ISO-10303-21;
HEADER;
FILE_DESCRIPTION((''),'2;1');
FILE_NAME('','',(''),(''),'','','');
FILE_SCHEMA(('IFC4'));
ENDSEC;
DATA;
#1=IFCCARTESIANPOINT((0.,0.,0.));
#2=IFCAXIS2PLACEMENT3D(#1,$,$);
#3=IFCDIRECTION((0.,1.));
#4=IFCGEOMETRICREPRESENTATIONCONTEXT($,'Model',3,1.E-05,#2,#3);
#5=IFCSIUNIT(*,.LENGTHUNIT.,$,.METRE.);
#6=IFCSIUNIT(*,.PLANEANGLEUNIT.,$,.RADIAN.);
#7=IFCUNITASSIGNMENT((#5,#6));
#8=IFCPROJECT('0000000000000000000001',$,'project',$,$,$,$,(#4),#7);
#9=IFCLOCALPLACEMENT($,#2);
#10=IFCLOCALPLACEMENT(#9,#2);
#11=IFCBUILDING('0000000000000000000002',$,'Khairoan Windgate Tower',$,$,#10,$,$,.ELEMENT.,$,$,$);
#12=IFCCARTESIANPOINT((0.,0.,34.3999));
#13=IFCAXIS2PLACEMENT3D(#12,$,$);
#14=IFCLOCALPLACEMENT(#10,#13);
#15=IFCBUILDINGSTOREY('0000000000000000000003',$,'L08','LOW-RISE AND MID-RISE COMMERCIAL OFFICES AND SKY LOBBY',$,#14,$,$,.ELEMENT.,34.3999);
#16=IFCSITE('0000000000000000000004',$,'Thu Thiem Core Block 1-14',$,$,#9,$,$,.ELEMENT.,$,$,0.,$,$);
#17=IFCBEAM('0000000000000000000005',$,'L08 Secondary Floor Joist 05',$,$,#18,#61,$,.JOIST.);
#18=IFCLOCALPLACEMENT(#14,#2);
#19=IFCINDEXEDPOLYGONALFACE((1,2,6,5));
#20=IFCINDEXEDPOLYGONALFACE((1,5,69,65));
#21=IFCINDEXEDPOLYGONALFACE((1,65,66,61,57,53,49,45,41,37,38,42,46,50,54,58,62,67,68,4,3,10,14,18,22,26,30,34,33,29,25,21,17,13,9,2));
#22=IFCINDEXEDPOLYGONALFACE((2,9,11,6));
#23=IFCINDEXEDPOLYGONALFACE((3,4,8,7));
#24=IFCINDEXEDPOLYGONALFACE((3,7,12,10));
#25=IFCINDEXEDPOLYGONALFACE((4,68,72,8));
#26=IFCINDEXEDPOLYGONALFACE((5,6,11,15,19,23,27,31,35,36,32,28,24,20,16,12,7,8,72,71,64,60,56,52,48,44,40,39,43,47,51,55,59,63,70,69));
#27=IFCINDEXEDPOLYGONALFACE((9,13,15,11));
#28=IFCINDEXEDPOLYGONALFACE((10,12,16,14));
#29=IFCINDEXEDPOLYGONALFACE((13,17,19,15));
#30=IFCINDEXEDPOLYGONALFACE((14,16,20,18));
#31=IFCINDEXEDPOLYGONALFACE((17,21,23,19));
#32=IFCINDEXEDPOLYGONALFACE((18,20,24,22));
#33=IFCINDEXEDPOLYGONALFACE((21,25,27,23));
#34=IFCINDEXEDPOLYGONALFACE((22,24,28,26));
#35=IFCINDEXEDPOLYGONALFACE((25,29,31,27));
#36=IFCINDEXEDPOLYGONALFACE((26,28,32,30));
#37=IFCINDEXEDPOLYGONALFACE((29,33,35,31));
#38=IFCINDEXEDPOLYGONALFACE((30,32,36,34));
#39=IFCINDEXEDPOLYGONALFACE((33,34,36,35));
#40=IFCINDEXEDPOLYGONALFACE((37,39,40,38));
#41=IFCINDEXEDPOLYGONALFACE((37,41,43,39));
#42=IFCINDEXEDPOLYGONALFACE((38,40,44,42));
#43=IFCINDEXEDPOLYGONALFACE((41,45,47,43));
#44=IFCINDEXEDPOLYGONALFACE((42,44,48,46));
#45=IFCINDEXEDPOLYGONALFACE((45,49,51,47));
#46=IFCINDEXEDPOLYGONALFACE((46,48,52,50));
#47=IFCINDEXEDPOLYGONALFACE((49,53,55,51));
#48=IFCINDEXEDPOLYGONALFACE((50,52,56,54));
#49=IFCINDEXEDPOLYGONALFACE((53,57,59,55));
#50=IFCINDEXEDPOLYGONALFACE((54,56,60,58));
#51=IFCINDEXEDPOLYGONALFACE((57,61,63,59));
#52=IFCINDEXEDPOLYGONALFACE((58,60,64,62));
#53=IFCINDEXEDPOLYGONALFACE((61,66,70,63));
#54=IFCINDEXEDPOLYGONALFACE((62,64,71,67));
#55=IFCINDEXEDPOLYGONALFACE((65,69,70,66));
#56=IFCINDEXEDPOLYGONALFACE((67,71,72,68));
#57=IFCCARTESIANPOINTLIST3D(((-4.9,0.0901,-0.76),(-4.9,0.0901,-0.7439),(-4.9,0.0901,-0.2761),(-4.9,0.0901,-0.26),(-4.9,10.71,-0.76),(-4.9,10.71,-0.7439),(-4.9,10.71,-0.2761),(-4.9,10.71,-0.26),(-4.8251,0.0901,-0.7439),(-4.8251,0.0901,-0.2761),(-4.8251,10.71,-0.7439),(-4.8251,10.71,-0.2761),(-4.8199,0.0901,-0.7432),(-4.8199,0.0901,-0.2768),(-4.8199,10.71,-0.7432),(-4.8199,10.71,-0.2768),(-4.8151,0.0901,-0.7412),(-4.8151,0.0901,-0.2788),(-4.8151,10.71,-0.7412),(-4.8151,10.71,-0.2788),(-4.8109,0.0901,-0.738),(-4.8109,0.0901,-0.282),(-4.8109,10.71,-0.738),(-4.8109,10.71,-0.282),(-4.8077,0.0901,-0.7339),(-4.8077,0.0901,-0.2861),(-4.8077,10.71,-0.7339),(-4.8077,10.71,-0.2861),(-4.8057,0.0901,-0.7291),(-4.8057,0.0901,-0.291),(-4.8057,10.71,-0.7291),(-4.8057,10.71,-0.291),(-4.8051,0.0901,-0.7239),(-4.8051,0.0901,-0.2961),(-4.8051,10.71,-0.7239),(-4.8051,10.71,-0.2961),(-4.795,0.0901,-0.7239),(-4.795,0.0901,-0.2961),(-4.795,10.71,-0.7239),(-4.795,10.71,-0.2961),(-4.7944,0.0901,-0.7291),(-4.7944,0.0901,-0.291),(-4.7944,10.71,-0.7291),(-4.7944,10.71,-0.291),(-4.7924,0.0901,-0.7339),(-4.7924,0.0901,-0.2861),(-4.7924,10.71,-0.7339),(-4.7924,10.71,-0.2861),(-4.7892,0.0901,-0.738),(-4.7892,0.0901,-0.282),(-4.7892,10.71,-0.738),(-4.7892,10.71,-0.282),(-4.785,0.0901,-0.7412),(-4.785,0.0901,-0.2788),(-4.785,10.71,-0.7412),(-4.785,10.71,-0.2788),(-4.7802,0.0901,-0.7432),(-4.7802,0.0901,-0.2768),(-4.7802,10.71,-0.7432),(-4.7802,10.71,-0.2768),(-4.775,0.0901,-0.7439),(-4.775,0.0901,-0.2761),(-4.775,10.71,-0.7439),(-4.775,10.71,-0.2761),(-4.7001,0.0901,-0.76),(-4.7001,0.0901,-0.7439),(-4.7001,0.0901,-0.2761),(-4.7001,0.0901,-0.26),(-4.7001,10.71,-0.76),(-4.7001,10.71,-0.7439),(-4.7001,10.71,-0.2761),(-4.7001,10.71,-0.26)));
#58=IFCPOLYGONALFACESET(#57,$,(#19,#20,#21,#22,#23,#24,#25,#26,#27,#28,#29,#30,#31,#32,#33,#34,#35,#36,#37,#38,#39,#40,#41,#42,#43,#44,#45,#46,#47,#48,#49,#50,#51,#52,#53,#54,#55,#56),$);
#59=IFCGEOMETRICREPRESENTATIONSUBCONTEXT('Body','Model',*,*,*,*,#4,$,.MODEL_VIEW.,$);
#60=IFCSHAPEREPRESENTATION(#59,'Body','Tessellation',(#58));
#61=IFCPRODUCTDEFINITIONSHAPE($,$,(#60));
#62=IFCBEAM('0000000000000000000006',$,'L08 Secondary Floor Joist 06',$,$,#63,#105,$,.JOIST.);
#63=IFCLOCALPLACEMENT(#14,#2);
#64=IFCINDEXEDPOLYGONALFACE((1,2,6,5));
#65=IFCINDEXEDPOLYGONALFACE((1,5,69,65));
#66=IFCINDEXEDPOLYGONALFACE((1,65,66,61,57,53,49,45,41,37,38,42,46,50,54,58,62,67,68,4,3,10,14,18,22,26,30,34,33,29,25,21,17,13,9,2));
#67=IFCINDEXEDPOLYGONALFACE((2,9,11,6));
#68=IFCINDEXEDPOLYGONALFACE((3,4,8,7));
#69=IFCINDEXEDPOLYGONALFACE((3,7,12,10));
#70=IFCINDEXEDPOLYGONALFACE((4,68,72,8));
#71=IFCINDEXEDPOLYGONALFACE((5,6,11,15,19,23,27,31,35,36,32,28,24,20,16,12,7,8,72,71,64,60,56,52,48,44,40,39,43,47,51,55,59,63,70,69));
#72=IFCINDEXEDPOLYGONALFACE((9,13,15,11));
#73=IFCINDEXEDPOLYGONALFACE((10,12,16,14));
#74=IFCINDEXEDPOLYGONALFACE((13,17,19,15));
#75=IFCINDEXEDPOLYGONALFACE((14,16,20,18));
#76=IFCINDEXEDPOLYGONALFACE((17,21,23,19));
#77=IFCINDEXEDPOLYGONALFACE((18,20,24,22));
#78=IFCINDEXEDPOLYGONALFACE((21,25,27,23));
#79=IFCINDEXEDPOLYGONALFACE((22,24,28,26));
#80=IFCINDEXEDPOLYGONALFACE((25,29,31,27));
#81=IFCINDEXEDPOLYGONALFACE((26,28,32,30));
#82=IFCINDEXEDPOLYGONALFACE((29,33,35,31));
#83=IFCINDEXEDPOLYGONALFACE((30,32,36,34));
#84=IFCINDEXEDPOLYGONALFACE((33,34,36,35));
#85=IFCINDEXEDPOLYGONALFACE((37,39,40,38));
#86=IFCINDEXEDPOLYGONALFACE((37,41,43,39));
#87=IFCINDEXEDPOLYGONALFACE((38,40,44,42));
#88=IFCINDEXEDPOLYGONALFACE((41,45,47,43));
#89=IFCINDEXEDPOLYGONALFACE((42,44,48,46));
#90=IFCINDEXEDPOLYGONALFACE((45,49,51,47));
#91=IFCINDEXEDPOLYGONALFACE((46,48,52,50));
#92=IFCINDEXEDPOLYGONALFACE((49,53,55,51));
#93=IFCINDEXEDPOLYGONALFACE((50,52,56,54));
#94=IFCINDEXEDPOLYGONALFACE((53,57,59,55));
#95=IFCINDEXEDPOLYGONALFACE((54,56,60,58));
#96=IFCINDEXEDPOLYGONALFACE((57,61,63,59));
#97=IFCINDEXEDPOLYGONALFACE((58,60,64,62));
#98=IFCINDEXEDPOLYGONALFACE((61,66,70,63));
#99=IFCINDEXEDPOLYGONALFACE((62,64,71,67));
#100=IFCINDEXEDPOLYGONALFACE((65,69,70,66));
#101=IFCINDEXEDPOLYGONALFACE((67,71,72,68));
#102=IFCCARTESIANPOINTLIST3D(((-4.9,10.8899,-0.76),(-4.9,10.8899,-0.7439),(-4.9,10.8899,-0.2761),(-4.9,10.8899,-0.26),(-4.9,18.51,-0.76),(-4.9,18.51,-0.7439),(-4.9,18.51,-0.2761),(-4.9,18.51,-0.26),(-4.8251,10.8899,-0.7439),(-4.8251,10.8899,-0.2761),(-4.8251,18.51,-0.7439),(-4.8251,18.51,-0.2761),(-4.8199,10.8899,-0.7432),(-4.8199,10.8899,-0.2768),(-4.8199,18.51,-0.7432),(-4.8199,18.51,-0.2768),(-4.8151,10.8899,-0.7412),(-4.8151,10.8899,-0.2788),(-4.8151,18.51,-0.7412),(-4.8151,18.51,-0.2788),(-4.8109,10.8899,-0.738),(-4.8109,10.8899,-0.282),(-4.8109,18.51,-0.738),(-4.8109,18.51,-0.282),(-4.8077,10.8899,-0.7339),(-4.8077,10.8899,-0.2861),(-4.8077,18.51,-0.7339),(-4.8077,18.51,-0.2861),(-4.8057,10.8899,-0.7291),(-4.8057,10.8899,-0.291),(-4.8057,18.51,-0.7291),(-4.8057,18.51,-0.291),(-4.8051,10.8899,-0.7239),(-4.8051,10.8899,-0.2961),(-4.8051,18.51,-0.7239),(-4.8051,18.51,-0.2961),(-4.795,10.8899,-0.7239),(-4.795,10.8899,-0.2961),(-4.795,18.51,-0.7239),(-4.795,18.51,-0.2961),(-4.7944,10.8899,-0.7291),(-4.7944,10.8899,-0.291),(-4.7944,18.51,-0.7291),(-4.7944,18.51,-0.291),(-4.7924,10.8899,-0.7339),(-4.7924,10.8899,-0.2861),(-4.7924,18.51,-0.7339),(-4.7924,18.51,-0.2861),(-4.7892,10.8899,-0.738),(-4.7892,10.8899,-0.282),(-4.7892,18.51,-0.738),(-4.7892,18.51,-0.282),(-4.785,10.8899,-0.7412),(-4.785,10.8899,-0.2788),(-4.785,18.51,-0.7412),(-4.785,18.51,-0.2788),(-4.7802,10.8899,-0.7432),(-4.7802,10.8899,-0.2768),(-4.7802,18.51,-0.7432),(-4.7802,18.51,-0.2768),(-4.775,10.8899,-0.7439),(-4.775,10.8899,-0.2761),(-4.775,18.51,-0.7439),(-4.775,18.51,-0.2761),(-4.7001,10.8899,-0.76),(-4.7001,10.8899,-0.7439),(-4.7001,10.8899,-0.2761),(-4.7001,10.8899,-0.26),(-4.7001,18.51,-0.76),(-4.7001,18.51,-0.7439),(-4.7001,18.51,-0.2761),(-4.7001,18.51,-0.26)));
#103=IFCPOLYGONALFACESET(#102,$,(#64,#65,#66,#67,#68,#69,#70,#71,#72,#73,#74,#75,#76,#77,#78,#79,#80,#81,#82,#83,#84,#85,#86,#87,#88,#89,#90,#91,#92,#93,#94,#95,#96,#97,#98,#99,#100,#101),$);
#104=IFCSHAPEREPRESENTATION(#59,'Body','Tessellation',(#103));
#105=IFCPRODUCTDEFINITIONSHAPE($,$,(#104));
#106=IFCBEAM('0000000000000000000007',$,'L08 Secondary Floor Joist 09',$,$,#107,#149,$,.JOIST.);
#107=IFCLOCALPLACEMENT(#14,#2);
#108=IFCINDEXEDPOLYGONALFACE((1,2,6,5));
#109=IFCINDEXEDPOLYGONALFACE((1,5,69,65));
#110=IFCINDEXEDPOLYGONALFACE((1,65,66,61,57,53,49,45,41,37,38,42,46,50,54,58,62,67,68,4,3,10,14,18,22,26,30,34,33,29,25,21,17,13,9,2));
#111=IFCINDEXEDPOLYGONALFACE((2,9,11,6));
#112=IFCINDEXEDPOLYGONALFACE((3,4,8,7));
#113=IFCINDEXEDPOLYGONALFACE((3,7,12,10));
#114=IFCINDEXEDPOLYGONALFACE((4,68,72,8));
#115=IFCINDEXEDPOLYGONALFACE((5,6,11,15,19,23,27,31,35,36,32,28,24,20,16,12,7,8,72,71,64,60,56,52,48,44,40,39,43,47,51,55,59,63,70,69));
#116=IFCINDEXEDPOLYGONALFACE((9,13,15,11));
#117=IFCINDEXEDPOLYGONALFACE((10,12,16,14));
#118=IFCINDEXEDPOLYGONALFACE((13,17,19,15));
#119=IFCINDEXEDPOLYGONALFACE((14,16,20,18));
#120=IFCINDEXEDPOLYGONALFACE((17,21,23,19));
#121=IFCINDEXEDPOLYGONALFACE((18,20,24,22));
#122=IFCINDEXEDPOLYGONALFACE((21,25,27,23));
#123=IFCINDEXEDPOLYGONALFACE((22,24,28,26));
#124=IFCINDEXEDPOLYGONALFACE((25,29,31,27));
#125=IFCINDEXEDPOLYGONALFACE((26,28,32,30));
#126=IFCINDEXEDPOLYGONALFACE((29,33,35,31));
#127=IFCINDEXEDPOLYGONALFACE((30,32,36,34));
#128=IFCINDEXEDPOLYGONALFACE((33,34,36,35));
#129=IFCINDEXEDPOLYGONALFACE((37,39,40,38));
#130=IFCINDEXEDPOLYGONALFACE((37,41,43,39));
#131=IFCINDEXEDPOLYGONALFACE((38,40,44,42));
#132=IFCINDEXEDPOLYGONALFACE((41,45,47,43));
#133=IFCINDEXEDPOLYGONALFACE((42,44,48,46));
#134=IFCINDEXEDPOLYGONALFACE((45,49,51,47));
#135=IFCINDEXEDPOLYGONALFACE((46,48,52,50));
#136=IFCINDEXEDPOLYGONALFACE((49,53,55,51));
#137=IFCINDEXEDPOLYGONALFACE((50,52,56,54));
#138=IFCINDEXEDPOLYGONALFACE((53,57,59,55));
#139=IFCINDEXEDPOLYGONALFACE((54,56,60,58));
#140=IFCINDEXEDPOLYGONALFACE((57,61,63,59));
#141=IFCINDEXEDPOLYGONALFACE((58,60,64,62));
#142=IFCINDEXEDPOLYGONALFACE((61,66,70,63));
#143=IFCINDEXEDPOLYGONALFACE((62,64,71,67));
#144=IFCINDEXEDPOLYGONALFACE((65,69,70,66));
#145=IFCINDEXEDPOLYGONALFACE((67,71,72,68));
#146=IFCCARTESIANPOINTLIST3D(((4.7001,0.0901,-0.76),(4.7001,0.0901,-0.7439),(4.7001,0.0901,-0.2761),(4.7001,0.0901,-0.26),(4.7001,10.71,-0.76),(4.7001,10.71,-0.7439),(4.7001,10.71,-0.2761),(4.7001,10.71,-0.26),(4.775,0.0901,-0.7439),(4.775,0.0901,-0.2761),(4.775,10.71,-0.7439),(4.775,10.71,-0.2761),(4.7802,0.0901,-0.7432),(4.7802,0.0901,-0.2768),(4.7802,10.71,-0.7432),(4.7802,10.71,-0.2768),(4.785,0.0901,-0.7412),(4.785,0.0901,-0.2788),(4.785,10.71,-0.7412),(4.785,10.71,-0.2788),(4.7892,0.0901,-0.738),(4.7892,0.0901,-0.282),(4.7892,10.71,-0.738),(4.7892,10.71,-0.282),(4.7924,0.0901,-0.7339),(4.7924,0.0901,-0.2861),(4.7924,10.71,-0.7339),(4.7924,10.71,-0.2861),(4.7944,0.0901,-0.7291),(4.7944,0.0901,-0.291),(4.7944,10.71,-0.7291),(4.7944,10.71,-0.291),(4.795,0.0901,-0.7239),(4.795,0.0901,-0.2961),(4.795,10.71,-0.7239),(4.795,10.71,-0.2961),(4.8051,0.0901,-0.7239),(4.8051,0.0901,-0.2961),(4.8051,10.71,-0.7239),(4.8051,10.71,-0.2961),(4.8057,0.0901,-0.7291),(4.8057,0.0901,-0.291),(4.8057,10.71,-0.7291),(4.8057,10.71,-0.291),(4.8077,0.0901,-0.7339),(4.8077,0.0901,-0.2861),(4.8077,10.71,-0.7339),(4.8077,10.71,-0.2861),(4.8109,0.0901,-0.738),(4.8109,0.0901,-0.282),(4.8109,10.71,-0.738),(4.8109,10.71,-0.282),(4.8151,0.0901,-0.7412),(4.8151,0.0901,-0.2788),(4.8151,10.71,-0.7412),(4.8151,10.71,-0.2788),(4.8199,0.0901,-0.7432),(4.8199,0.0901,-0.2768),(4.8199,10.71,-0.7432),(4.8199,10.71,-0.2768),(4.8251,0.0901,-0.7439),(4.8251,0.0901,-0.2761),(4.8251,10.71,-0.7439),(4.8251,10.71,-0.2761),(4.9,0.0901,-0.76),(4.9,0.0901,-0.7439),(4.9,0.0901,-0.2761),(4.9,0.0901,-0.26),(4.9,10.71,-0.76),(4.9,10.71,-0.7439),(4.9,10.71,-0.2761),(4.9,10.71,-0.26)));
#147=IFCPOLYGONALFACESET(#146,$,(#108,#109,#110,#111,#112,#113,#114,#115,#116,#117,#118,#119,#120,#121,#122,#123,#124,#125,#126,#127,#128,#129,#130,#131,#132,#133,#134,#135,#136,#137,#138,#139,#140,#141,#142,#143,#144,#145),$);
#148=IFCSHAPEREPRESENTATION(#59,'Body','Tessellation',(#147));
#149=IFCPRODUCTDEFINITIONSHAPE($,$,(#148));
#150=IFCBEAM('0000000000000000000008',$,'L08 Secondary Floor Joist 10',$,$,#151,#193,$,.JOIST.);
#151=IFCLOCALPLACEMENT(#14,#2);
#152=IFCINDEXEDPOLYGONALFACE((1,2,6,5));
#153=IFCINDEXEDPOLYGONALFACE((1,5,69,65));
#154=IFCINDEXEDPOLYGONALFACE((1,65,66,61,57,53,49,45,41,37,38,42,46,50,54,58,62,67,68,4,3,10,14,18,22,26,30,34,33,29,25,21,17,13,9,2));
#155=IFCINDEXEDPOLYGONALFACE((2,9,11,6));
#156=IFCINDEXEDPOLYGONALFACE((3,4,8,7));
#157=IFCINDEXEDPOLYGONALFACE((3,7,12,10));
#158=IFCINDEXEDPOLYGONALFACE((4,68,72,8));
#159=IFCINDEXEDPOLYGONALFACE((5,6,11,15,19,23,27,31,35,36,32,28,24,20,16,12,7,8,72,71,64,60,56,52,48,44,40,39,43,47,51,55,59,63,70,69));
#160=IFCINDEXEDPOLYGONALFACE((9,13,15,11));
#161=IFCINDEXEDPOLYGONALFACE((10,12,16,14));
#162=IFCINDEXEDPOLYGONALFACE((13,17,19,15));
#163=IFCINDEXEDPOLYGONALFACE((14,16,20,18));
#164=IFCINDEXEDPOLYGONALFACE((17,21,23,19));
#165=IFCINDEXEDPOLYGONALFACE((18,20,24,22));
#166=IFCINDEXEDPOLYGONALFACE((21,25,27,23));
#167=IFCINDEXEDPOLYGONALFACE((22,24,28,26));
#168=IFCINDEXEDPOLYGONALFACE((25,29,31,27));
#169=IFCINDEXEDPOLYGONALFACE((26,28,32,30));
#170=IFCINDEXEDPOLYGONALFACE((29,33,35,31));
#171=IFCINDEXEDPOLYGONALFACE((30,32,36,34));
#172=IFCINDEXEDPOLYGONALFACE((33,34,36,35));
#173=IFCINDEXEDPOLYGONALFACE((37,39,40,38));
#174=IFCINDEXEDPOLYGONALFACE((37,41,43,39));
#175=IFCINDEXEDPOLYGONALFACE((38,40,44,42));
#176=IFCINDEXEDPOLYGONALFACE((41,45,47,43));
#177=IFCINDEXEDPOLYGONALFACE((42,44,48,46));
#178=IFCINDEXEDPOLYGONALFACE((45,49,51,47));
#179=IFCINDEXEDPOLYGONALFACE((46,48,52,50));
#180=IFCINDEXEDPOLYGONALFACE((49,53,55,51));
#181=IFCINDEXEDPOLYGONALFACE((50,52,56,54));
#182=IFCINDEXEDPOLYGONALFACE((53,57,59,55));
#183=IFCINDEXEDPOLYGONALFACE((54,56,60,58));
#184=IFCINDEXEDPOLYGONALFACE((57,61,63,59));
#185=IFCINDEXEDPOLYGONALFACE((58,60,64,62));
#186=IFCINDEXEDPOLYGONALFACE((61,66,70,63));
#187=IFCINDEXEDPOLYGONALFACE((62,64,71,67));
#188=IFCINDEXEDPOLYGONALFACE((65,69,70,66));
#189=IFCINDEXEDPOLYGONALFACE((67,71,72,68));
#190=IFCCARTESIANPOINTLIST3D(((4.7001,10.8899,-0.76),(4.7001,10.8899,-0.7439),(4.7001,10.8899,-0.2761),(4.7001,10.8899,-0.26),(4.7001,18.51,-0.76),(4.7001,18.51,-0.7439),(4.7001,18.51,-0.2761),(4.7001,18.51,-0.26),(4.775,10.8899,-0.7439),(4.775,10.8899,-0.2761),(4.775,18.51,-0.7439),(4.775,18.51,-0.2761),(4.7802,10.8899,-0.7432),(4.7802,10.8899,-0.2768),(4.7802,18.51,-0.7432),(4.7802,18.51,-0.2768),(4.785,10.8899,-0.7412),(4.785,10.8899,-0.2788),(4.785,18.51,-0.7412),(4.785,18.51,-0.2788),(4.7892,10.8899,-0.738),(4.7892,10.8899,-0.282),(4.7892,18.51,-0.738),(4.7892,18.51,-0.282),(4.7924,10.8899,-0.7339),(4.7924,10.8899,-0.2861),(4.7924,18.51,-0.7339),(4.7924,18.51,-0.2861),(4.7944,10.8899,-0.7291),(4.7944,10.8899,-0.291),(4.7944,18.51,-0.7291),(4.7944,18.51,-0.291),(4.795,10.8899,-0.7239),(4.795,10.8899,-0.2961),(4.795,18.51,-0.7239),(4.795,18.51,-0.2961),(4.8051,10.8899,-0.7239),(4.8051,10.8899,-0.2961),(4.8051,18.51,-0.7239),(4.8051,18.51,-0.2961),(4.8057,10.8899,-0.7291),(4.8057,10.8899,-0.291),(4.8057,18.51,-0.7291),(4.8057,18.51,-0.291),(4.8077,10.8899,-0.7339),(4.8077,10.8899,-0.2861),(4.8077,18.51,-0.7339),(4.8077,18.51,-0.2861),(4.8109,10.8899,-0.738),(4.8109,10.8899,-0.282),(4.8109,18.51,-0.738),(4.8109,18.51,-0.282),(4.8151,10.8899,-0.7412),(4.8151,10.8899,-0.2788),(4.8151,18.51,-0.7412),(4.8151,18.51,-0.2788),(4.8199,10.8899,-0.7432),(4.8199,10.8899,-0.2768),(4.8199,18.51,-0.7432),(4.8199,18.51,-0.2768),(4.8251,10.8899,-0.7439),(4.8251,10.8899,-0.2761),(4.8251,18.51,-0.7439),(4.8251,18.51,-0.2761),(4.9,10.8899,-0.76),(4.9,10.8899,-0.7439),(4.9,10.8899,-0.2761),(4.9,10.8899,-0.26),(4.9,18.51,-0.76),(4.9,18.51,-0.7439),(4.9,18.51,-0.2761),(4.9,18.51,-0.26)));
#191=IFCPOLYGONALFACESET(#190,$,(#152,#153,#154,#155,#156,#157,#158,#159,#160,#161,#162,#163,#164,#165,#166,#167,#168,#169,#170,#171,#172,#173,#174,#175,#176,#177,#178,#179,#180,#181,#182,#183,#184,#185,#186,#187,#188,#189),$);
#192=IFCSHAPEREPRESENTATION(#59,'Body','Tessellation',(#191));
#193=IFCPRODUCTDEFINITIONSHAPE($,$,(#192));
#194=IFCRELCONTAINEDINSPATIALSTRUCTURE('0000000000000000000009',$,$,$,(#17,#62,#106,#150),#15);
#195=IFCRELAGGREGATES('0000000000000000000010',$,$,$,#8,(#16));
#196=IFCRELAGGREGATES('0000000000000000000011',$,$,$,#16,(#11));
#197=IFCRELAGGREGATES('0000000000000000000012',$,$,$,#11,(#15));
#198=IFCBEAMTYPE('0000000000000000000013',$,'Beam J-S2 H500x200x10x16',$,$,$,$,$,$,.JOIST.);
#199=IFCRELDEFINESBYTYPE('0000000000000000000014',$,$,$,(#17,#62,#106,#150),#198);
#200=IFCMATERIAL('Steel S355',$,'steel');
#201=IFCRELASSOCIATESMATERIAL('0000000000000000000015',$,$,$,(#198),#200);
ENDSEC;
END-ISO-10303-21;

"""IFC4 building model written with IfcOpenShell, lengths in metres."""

from ifc_helpers import new_model, si_unit, direction, frame, origin, origin_2d, place, context, subcontext, project, spatial, i_section, extrude, material, material_profile, profile_set, type_object, element, save


model = new_model("IFC4")

# Units and contexts
model_context = context("Model", 3, precision=1e-05, world=origin(), true_north=direction((0.0, 1.0)))
body_context = subcontext(model_context, "Body", "Model", "MODEL_VIEW")
ifc_project = project(units=[si_unit("LENGTHUNIT", "METRE"), si_unit("PLANEANGLEUNIT", "RADIAN")], contexts=[model_context])

# Site, building, storey
site_placement = place(None, origin())
site = spatial("IfcSite", under=ifc_project, at=site_placement, Name="Thu Thiem Core Block 1-14", CompositionType="ELEMENT", RefElevation=0.0)
building_placement = place(site_placement, origin())
building = spatial("IfcBuilding", under=site, at=building_placement, Name="Khairoan Windgate Tower", CompositionType="ELEMENT")
storey_placement = place(building_placement, frame((0.0, 0.0, 34.3999)))
storey = spatial("IfcBuildingStorey", under=building, at=storey_placement, Name="L08", Description="LOW-RISE AND MID-RISE COMMERCIAL OFFICES AND SKY LOBBY", CompositionType="ELEMENT", Elevation=34.3999)

# Beams
ifc_material_1 = material(Name="Steel S355", Category="steel")
ifc_material_profile_1 = material_profile(ifc_material_1, i_section(OverallWidth=0.2, OverallDepth=0.5, WebThickness=0.01, FlangeThickness=0.0161, FilletRadius=0.02, at=origin_2d()))
ifc_profile_set_1 = profile_set([ifc_material_profile_1], Name="Steel S355")
beam_type_1 = type_object("IfcBeamType", Name="Beam J-S2 H500x200x10x16", PredefinedType="JOIST", material=ifc_profile_set_1)
beam_1_placement = place(storey_placement, frame((-4.8, 0.0901, -0.51), z_axis=(0.0, 1.0, 0.0), x_axis=(-1.0, 0.0, 0.0)))
element("IfcBeam", 1, at=beam_1_placement, inside=storey, type_object=beam_type_1, Name="L08 Secondary Floor Joist 05", PredefinedType="JOIST", context=body_context, shape_type="SweptSolid", body=[
    extrude(i_section(OverallWidth=0.2, OverallDepth=0.5, WebThickness=0.01, FlangeThickness=0.0161, FilletRadius=0.02, at=origin_2d()), origin(), (0.0, 0.0, 1.0), 10.6199),
])
beam_2_placement = place(storey_placement, frame((-4.8, 10.8899, -0.51), z_axis=(0.0, 1.0, 0.0), x_axis=(-1.0, 0.0, 0.0)))
element("IfcBeam", 2, at=beam_2_placement, inside=storey, type_object=beam_type_1, Name="L08 Secondary Floor Joist 06", PredefinedType="JOIST", context=body_context, shape_type="SweptSolid", body=[
    extrude(i_section(OverallWidth=0.2, OverallDepth=0.5, WebThickness=0.01, FlangeThickness=0.0161, FilletRadius=0.02, at=origin_2d()), origin(), (0.0, 0.0, 1.0), 7.6201),
])
beam_3_placement = place(storey_placement, frame((4.8, 0.0901, -0.51), z_axis=(0.0, 1.0, 0.0), x_axis=(-1.0, 0.0, 0.0)))
element("IfcBeam", 3, at=beam_3_placement, inside=storey, type_object=beam_type_1, Name="L08 Secondary Floor Joist 09", PredefinedType="JOIST", context=body_context, shape_type="SweptSolid", body=[
    extrude(i_section(OverallWidth=0.2, OverallDepth=0.5, WebThickness=0.01, FlangeThickness=0.0161, FilletRadius=0.02, at=origin_2d()), origin(), (0.0, 0.0, 1.0), 10.6199),
])
beam_4_placement = place(storey_placement, frame((4.8, 10.8899, -0.51), z_axis=(0.0, 1.0, 0.0), x_axis=(-1.0, 0.0, 0.0)))
element("IfcBeam", 4, at=beam_4_placement, inside=storey, type_object=beam_type_1, Name="L08 Secondary Floor Joist 10", PredefinedType="JOIST", context=body_context, shape_type="SweptSolid", body=[
    extrude(i_section(OverallWidth=0.2, OverallDepth=0.5, WebThickness=0.01, FlangeThickness=0.0161, FilletRadius=0.02, at=origin_2d()), origin(), (0.0, 0.0, 1.0), 7.6201),
])

save(model, "model.ifc")
